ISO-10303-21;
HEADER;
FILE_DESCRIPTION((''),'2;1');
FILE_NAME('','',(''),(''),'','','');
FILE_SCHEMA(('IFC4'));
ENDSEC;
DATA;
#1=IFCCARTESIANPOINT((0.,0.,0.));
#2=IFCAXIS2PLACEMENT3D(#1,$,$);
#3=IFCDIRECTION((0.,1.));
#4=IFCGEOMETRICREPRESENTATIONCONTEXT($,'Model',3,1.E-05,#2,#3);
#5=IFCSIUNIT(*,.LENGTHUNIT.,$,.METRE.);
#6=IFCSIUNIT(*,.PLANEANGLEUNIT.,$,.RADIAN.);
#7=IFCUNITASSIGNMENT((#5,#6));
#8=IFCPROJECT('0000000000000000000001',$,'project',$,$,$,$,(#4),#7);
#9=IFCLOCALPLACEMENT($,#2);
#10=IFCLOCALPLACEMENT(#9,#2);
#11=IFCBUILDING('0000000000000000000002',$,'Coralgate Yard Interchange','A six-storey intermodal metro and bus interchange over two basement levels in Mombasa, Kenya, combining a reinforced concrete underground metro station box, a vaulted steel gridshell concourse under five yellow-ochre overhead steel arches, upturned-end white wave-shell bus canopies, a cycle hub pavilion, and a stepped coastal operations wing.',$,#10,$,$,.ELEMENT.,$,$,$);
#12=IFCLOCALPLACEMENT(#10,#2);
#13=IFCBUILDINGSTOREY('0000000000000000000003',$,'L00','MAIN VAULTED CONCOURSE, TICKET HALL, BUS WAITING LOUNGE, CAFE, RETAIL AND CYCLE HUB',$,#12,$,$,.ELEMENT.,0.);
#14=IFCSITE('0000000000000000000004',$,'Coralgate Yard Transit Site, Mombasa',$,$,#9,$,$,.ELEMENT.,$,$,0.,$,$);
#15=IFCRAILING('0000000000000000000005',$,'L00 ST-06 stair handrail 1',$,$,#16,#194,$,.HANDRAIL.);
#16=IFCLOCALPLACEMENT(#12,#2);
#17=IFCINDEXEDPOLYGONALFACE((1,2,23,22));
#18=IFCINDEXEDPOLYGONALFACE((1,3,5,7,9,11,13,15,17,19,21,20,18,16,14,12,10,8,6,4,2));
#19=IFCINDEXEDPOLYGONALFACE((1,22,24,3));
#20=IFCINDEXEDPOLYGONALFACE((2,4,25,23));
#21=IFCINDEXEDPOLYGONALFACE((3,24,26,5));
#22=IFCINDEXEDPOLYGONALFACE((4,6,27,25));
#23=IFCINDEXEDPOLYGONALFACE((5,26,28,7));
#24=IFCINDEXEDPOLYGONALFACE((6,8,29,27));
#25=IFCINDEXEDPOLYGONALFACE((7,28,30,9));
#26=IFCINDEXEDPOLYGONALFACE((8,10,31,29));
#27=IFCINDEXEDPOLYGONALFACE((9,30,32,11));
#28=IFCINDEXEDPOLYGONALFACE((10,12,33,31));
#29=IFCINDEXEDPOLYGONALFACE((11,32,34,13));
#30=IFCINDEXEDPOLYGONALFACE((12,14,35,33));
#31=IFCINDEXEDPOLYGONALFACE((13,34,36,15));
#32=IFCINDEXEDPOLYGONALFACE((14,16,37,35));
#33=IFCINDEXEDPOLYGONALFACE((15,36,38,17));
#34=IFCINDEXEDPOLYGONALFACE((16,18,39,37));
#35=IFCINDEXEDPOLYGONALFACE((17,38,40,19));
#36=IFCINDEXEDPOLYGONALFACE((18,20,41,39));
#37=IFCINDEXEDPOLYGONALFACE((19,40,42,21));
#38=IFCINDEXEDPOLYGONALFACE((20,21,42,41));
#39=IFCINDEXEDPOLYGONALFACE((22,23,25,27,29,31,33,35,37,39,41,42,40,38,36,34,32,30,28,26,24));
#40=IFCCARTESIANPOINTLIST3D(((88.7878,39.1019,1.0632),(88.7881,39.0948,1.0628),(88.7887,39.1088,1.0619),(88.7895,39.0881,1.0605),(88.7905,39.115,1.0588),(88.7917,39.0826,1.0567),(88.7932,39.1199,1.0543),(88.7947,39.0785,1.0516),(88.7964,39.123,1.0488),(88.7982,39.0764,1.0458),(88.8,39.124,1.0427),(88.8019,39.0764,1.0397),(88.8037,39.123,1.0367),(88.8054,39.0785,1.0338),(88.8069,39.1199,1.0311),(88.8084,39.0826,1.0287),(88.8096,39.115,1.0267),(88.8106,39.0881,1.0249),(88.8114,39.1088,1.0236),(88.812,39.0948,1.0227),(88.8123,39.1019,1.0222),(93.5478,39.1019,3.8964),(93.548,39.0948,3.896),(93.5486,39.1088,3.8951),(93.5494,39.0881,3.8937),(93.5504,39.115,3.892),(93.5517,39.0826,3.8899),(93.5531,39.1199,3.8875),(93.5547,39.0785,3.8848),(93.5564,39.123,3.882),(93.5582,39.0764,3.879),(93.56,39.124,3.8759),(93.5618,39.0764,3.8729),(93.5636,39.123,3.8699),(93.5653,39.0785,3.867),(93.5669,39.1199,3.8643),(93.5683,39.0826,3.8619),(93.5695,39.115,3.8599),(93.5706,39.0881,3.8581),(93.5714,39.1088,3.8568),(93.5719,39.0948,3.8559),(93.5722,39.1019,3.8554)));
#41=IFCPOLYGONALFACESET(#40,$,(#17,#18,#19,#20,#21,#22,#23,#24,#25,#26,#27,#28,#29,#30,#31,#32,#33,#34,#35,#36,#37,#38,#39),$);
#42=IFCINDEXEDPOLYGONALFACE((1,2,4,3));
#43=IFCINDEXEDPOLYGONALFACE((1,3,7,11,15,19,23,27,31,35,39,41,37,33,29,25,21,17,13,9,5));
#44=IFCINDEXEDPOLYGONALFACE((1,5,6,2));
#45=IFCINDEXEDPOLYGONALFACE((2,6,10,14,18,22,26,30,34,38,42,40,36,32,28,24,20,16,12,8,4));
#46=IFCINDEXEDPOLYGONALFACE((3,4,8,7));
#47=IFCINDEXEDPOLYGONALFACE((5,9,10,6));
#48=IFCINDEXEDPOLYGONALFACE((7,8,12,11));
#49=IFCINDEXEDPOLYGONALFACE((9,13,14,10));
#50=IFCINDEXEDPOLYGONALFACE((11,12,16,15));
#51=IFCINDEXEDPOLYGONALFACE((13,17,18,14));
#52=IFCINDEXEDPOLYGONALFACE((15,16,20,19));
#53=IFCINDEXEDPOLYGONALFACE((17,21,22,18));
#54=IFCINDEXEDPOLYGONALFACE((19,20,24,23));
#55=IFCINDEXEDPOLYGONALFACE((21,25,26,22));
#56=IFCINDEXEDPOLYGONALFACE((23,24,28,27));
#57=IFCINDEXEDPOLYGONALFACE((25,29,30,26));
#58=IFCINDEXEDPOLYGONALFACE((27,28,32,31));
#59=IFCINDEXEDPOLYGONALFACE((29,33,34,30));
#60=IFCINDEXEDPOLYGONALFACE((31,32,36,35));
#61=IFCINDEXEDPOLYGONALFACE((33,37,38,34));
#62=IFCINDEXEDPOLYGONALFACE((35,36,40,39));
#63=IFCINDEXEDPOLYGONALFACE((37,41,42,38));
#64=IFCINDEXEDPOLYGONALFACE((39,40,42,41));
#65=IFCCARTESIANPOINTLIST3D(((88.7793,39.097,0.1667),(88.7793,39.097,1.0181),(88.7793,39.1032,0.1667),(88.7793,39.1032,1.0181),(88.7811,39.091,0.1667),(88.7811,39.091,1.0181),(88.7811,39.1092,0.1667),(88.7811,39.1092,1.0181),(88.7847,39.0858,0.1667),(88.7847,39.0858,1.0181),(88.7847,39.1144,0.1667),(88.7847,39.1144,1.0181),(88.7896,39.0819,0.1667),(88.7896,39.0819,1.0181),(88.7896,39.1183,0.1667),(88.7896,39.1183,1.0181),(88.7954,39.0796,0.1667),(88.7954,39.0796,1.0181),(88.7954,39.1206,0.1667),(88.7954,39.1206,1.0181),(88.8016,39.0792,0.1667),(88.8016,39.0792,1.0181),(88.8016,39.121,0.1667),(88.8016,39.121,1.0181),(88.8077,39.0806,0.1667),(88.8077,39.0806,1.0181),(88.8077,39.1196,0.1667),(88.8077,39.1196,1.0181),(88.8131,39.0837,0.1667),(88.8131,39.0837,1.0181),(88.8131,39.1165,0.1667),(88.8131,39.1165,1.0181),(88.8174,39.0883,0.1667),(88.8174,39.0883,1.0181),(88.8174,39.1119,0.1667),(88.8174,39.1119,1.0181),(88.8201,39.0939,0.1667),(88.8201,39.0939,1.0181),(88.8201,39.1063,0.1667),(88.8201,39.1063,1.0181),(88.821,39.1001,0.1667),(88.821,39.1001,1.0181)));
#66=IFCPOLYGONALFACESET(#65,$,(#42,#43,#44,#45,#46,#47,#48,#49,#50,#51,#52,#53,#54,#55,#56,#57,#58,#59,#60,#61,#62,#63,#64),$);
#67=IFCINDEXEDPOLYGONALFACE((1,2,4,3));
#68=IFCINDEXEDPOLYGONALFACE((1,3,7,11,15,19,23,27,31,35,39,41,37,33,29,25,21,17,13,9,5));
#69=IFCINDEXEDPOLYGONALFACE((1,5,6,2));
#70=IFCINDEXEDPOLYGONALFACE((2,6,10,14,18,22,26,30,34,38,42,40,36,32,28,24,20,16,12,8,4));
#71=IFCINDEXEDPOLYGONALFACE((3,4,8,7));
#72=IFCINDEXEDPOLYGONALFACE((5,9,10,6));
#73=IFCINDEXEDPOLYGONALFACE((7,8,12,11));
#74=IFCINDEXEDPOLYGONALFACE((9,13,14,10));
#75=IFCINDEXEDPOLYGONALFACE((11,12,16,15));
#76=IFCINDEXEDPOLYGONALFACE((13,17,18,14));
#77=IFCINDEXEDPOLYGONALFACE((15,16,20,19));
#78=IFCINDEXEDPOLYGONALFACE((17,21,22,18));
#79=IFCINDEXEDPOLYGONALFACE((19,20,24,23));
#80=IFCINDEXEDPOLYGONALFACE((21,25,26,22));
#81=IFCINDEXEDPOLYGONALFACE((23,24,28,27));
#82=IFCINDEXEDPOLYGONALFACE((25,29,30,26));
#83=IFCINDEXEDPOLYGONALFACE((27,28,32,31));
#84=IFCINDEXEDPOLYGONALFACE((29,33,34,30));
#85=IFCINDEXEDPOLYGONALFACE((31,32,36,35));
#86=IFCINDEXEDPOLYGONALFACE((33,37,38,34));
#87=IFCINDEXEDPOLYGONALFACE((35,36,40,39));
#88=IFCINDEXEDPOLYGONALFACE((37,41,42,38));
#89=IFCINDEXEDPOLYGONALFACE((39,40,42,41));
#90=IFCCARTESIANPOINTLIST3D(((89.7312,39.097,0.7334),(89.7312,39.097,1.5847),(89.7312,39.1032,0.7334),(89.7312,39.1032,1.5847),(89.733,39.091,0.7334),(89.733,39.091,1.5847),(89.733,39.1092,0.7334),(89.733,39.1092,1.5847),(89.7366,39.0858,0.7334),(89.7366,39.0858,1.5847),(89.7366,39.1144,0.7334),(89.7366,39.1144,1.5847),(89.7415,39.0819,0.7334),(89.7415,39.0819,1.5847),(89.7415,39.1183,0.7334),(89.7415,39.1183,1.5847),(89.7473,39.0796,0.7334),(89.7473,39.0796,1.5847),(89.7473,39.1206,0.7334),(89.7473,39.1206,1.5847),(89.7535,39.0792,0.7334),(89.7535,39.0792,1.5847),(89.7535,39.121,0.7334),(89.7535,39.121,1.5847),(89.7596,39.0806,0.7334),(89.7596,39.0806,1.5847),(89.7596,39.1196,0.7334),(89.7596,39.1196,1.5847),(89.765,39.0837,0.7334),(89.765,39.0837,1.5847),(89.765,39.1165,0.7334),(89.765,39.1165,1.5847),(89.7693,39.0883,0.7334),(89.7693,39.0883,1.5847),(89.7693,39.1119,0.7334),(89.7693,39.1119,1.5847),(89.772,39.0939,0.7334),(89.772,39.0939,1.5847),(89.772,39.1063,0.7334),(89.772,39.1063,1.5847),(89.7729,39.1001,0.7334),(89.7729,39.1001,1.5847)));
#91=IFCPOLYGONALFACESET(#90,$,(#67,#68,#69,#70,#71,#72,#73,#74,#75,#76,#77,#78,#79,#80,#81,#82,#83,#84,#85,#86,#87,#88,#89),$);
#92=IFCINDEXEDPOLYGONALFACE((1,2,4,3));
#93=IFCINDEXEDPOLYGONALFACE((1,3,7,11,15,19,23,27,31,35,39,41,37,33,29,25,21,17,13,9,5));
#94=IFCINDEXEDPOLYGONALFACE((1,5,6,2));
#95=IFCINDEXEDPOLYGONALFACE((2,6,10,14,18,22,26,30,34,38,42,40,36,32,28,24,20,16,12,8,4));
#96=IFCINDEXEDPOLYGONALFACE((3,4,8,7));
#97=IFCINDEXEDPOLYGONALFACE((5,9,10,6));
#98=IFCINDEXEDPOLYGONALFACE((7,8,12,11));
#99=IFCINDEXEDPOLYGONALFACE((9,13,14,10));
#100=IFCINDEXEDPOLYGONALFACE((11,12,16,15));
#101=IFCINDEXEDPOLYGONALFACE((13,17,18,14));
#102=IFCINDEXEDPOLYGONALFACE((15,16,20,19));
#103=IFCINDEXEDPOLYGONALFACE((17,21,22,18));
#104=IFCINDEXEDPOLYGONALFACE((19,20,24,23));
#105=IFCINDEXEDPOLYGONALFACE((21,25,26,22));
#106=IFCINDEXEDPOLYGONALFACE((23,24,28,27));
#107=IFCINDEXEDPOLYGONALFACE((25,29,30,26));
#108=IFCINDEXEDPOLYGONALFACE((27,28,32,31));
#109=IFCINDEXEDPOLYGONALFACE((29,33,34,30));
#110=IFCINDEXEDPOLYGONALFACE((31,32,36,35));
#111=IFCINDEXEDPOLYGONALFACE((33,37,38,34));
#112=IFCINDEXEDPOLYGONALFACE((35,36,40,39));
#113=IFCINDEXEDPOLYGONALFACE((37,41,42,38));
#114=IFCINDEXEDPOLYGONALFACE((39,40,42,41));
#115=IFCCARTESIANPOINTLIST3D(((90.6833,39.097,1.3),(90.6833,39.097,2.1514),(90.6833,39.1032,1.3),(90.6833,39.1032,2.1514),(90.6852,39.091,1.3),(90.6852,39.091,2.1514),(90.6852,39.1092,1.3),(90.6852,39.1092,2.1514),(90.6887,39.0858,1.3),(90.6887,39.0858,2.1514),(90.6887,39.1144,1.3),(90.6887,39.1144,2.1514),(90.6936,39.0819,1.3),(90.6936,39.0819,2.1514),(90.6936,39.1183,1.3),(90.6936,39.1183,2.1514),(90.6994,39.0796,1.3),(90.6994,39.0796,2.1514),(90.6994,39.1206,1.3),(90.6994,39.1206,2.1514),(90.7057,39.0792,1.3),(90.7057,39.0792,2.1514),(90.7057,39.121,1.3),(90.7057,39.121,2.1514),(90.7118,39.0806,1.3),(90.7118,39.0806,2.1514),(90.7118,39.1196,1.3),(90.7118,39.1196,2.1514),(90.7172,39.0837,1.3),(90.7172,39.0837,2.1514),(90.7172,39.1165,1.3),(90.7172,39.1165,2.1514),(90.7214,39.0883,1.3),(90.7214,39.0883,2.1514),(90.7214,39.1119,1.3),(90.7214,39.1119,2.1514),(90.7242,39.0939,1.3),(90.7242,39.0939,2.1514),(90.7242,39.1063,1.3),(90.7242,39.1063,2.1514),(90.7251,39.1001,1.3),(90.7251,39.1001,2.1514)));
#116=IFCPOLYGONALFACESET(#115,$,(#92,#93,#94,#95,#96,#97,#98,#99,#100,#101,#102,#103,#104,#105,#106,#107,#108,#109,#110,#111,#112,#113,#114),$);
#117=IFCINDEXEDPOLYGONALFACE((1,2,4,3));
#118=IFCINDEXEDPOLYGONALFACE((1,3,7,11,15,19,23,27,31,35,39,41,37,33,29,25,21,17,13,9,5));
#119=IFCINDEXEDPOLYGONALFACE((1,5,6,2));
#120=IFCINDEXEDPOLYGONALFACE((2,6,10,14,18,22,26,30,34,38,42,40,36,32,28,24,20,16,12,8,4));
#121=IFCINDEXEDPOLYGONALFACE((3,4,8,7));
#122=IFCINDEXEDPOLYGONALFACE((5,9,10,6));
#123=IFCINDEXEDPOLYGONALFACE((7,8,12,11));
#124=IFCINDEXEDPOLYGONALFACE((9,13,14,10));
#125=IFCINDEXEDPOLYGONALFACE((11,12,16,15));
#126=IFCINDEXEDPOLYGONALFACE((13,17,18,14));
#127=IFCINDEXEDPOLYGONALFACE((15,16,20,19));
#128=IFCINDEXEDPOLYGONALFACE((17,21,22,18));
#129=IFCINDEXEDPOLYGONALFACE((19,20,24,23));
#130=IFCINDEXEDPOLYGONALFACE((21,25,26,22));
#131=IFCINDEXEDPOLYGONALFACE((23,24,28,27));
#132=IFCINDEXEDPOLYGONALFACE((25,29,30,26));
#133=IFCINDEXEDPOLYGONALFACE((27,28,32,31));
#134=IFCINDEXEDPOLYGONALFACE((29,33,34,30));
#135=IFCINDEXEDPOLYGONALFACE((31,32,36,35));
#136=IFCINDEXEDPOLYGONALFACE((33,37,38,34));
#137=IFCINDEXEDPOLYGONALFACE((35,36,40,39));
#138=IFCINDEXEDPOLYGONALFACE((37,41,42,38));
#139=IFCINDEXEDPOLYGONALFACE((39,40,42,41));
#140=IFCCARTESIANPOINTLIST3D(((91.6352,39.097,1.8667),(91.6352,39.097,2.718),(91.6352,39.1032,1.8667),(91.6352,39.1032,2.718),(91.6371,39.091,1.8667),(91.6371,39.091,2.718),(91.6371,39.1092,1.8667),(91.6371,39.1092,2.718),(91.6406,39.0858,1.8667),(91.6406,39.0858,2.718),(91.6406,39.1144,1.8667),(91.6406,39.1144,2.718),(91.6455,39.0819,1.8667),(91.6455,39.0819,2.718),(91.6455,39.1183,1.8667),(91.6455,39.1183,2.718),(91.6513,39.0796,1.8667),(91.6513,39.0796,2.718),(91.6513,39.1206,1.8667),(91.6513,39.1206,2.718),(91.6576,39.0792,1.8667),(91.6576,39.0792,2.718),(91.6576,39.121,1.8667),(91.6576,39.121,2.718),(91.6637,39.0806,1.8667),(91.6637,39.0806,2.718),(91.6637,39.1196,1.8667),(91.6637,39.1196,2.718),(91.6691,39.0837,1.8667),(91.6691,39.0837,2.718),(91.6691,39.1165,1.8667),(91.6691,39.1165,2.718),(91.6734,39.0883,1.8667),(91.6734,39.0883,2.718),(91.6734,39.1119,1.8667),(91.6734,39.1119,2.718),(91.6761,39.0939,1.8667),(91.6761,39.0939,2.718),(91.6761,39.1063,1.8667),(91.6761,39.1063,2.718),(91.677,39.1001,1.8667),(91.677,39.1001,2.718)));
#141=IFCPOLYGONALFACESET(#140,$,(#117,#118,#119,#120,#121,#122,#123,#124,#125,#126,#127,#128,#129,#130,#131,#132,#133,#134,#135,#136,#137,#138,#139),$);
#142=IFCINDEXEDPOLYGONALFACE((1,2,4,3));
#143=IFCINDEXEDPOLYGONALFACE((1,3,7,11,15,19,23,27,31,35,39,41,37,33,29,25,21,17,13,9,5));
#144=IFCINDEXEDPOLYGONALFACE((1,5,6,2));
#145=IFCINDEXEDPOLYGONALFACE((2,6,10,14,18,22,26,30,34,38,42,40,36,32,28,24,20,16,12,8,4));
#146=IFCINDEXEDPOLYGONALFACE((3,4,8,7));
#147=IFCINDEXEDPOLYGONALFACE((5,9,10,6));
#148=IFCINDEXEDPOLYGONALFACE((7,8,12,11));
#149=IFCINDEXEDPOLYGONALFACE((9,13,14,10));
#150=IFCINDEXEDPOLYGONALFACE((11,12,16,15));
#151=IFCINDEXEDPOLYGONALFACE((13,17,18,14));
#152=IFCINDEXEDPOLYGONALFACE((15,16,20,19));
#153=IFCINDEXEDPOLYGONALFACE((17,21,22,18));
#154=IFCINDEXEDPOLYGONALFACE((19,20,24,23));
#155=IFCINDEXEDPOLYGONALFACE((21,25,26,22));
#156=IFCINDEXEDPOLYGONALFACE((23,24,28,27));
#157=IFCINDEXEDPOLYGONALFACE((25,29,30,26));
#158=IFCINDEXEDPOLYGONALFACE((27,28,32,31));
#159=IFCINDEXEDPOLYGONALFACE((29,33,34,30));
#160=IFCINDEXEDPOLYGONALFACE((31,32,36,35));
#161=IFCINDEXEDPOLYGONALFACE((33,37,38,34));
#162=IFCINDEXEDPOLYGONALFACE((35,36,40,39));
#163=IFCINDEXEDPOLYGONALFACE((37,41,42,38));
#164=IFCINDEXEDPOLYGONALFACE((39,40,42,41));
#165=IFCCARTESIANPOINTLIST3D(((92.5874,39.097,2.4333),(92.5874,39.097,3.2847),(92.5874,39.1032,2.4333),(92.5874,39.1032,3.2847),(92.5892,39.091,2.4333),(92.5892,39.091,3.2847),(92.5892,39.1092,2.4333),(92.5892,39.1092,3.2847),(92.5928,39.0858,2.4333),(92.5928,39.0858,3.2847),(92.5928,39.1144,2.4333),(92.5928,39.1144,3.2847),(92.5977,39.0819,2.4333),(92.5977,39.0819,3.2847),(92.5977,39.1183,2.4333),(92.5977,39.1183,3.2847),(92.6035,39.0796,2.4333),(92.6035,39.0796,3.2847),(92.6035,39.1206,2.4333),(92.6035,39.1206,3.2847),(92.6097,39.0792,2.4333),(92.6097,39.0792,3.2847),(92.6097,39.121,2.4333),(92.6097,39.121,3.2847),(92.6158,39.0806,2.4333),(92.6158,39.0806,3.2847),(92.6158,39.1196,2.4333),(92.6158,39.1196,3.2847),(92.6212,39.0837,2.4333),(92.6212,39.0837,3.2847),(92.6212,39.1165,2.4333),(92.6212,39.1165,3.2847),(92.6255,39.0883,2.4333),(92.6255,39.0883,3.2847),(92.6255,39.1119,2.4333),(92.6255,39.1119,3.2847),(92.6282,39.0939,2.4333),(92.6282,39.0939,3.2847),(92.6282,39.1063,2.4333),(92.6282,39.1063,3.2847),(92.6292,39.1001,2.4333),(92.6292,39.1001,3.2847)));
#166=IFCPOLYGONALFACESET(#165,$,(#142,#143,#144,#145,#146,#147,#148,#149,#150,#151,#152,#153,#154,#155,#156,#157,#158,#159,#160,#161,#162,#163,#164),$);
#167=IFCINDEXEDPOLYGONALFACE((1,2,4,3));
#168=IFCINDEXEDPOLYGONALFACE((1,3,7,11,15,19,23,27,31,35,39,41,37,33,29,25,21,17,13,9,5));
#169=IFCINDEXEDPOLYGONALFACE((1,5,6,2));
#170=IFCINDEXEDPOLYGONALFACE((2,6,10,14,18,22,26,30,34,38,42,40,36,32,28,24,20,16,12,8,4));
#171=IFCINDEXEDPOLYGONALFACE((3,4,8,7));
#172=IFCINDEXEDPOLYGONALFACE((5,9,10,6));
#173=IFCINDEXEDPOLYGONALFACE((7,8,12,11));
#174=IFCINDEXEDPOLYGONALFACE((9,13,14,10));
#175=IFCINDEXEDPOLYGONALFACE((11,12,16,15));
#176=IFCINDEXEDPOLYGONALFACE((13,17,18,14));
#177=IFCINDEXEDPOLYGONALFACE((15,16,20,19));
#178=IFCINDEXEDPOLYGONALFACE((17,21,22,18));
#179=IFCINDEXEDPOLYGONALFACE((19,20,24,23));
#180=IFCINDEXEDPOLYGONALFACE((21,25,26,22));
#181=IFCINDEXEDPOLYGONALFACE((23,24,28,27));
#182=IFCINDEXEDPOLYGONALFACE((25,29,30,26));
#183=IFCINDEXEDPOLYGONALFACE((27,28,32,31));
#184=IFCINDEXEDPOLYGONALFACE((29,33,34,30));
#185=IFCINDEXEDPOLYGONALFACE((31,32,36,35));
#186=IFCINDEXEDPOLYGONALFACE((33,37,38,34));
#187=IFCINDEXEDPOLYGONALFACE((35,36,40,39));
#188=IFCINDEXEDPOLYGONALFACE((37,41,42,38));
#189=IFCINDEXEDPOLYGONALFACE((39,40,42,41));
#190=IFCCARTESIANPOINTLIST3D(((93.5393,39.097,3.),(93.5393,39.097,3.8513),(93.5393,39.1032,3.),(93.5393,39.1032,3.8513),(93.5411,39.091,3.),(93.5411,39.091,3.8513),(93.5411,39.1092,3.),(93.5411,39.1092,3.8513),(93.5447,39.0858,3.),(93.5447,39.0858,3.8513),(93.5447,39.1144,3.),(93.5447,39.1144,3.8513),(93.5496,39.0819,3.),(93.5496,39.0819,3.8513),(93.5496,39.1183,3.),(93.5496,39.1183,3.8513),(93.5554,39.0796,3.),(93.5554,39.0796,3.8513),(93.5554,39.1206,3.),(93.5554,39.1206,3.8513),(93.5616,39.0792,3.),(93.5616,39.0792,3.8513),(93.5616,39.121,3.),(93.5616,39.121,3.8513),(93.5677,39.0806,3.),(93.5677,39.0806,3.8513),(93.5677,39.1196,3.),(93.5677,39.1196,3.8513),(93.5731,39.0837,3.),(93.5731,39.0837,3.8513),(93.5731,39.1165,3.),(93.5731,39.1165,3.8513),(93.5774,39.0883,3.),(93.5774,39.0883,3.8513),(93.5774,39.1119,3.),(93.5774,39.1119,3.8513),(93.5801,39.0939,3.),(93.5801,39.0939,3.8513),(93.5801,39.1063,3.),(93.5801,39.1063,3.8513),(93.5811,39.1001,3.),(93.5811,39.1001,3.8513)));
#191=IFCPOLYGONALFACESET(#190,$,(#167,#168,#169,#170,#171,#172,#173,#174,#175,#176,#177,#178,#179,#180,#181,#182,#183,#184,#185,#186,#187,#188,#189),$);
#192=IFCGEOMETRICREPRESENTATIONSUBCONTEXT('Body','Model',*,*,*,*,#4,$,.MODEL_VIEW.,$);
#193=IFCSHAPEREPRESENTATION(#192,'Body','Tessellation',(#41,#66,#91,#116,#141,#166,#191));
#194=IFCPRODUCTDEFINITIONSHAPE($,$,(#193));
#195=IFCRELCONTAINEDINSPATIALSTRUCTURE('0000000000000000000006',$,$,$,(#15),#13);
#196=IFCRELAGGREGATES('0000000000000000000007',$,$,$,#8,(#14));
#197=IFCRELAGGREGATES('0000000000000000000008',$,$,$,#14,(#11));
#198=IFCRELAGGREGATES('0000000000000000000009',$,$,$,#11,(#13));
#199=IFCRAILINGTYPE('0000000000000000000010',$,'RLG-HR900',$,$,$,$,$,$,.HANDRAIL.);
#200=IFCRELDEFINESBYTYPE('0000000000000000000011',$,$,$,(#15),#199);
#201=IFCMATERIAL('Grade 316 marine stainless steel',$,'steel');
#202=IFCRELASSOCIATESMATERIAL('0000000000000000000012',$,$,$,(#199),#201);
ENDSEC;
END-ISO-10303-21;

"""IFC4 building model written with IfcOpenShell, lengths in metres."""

from ifc_helpers import new_model, si_unit, direction, frame, origin, origin_2d, place, context, subcontext, project, spatial, circle, extrude, material, type_object, element, save


model = new_model("IFC4")

# Units and contexts
model_context = context("Model", 3, precision=1e-05, world=origin(), true_north=direction((0.0, 1.0)))
body_context = subcontext(model_context, "Body", "Model", "MODEL_VIEW")
ifc_project = project(units=[si_unit("LENGTHUNIT", "METRE"), si_unit("PLANEANGLEUNIT", "RADIAN")], contexts=[model_context])

# Site, building, storey
site_placement = place(None, origin())
site = spatial("IfcSite", under=ifc_project, at=site_placement, Name="Coralgate Yard Transit Site, Mombasa", CompositionType="ELEMENT", RefElevation=0.0)
building_placement = place(site_placement, origin())
building = spatial("IfcBuilding", under=site, at=building_placement, Name="Coralgate Yard Interchange", Description="A six-storey intermodal metro and bus interchange over two basement levels in Mombasa, Kenya, combining a reinforced concrete underground metro station box, a vaulted steel gridshell concourse under five yellow-ochre overhead steel arches, upturned-end white wave-shell bus canopies, a cycle hub pavilion, and a stepped coastal operations wing.", CompositionType="ELEMENT")
storey_placement = place(building_placement, origin())
storey = spatial("IfcBuildingStorey", under=building, at=storey_placement, Name="L00", Description="MAIN VAULTED CONCOURSE, TICKET HALL, BUS WAITING LOUNGE, CAFE, RETAIL AND CYCLE HUB", CompositionType="ELEMENT", Elevation=0.0)

# Railing
ifc_material_1 = material(Name="Grade 316 marine stainless steel", Category="steel")
railing_type_1 = type_object("IfcRailingType", Name="RLG-HR900", PredefinedType="HANDRAIL", material=ifc_material_1)
railing_1_placement = place(storey_placement, frame((88.8, 39.1001, 0.1667)))
element("IfcRailing", 1, at=railing_1_placement, inside=storey, type_object=railing_type_1, Name="L00 ST-06 stair handrail 1", PredefinedType="HANDRAIL", context=body_context, shape_type="SweptSolid", body=[
    extrude(circle(Radius=0.0239, at=origin_2d()), frame((0.0, 0.0, 0.876), z_axis=(0.8593, 0.0, 0.511472), x_axis=(0.0, 1.0, 0.0)), (0.0, 0.0, 1.0), 5.5393),
    extrude(circle(Radius=0.021, at=origin_2d()), origin(), (0.0, 0.0, 1.0), 0.8513),
    extrude(circle(Radius=0.021, at=origin_2d()), frame((0.9519, 0.0, 0.5667)), (0.0, 0.0, 1.0), 0.8513),
    extrude(circle(Radius=0.021, at=origin_2d()), frame((1.9041, 0.0, 1.1333)), (0.0, 0.0, 1.0), 0.8513),
    extrude(circle(Radius=0.021, at=origin_2d()), frame((2.856, 0.0, 1.7)), (0.0, 0.0, 1.0), 0.8513),
    extrude(circle(Radius=0.021, at=origin_2d()), frame((3.8081, 0.0, 2.2666)), (0.0, 0.0, 1.0), 0.8513),
    extrude(circle(Radius=0.021, at=origin_2d()), frame((4.76, 0.0, 2.8333)), (0.0, 0.0, 1.0), 0.8513),
])

save(model, "model.ifc")
